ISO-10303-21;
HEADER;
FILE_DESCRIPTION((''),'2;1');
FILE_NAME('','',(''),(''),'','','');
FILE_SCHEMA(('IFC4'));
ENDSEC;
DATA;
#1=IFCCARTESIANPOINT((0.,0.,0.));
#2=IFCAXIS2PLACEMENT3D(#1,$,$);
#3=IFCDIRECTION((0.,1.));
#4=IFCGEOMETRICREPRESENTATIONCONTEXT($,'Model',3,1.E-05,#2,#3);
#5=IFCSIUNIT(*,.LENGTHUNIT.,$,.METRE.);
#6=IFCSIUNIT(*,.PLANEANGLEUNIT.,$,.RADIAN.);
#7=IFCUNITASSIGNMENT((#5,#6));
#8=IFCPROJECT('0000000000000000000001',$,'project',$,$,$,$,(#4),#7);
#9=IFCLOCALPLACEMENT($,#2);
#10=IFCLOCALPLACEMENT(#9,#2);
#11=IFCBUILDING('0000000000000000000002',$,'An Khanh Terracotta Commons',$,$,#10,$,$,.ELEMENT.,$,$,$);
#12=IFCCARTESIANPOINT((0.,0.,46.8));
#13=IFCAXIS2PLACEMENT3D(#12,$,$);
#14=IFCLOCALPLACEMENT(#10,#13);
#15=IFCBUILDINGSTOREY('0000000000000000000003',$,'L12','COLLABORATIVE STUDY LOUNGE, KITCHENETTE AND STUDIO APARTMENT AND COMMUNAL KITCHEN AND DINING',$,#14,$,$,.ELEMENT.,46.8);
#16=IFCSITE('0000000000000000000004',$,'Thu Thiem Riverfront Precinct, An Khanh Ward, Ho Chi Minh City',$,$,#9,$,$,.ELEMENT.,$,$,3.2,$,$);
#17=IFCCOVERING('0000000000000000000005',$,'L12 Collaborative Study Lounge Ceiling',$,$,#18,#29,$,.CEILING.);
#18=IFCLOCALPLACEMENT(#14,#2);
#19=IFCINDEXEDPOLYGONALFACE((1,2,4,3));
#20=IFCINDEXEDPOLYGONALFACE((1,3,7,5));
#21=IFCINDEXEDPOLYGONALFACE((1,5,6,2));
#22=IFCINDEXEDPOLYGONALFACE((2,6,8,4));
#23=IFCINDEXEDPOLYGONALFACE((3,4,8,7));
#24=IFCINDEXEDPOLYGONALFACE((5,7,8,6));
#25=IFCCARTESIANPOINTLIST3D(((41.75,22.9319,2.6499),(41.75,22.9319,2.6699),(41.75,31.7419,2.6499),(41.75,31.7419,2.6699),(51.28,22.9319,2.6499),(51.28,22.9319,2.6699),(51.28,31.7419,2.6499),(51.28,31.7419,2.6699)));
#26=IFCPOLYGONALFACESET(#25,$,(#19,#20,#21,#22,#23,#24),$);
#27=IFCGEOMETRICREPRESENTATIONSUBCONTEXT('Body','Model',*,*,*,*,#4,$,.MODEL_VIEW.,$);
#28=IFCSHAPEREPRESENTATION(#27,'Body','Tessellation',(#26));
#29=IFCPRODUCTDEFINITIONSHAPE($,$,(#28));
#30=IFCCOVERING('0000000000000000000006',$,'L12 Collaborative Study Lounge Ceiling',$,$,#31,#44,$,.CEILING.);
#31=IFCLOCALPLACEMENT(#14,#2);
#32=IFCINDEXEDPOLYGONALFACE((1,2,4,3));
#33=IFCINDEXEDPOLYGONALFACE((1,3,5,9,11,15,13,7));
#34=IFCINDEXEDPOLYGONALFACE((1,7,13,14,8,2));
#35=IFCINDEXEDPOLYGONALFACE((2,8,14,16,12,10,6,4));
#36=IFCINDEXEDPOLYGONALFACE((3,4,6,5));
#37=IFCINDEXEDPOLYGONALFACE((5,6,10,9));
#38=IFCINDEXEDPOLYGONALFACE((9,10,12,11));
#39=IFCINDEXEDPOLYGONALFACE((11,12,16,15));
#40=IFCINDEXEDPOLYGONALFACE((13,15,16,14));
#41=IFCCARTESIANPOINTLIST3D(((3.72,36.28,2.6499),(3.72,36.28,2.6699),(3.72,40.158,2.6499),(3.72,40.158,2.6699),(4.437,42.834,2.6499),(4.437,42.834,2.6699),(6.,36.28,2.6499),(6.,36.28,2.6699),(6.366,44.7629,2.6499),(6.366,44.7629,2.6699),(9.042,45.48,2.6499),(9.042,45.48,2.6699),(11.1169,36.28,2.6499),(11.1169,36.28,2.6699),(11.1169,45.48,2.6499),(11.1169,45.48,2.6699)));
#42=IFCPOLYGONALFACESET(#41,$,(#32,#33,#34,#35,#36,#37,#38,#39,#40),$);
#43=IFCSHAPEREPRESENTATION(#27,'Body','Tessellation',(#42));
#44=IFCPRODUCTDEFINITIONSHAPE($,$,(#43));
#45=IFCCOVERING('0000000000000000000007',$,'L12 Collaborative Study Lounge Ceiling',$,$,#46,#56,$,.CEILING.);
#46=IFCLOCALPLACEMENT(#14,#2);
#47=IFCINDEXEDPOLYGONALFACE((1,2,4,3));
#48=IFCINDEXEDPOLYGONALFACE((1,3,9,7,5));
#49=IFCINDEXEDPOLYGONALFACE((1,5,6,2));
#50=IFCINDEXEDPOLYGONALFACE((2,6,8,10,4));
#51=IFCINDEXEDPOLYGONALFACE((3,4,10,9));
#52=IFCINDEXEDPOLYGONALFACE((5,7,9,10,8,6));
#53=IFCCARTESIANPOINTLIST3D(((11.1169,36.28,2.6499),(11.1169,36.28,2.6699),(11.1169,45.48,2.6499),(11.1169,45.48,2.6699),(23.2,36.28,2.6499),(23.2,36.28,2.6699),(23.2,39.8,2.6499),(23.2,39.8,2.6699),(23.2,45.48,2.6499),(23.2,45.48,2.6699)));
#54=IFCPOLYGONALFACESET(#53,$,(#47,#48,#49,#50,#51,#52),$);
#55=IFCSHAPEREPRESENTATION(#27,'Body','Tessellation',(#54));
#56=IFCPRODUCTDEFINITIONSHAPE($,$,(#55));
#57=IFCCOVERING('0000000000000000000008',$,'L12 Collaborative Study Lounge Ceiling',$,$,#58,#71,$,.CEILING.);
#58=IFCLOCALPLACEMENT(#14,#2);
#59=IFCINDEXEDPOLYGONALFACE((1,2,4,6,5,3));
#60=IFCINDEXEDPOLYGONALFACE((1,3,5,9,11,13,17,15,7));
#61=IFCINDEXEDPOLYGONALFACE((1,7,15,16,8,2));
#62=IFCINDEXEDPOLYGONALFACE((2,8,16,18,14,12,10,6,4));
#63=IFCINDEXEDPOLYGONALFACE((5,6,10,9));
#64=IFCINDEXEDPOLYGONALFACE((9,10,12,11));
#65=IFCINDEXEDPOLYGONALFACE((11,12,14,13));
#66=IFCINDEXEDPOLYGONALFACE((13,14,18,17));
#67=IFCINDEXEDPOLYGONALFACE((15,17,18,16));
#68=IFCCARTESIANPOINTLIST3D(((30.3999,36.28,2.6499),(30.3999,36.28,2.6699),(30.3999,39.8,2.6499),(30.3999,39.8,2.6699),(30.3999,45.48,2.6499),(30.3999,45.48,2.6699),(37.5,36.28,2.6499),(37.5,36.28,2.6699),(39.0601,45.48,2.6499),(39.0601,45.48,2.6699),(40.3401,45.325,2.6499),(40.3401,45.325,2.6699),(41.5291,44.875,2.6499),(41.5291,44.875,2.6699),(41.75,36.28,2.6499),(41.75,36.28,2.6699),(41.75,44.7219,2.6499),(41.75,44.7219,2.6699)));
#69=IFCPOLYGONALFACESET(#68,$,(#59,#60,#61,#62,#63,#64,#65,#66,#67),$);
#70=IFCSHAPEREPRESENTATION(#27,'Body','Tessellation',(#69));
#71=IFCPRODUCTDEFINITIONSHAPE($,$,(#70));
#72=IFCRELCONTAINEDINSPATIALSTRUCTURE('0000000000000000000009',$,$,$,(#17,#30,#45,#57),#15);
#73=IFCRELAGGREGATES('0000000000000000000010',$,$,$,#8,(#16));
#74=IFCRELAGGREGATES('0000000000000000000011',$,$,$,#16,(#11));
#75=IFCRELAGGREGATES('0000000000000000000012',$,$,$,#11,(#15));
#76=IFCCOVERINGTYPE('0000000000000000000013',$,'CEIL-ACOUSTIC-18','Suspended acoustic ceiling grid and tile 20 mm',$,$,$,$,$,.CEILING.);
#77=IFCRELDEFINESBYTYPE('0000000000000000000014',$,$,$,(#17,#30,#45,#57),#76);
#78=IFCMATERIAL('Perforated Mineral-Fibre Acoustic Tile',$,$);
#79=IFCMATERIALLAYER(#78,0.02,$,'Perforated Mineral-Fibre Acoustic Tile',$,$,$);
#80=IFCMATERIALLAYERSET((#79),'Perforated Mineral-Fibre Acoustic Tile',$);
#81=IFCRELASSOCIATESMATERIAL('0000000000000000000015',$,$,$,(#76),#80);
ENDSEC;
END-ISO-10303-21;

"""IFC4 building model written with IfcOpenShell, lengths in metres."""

from ifc_helpers import new_model, si_unit, direction, frame, origin, place, context, subcontext, project, spatial, polyline, outline, extrude, material, layer, layer_set, type_object, element, save


model = new_model("IFC4")

# Units and contexts
model_context = context("Model", 3, precision=1e-05, world=origin(), true_north=direction((0.0, 1.0)))
body_context = subcontext(model_context, "Body", "Model", "MODEL_VIEW")
ifc_project = project(units=[si_unit("LENGTHUNIT", "METRE"), si_unit("PLANEANGLEUNIT", "RADIAN")], contexts=[model_context])

# Site, building, storey
site_placement = place(None, origin())
site = spatial("IfcSite", under=ifc_project, at=site_placement, Name="Thu Thiem Riverfront Precinct, An Khanh Ward, Ho Chi Minh City", CompositionType="ELEMENT", RefElevation=3.2)
building_placement = place(site_placement, origin())
building = spatial("IfcBuilding", under=site, at=building_placement, Name="An Khanh Terracotta Commons", CompositionType="ELEMENT")
storey_placement = place(building_placement, frame((0.0, 0.0, 46.8)))
storey = spatial("IfcBuildingStorey", under=building, at=storey_placement, Name="L12", Description="COLLABORATIVE STUDY LOUNGE, KITCHENETTE AND STUDIO APARTMENT AND COMMUNAL KITCHEN AND DINING", CompositionType="ELEMENT", Elevation=46.8)

# Coverings
ifc_material_1 = material(Name="Perforated Mineral-Fibre Acoustic Tile")
ifc_layer_1 = layer(ifc_material_1, 0.02, Name="Perforated Mineral-Fibre Acoustic Tile")
ifc_layer_set_1 = layer_set([ifc_layer_1], Name="Perforated Mineral-Fibre Acoustic Tile")
covering_type = type_object("IfcCoveringType", Name="CEIL-ACOUSTIC-18", Description="Suspended acoustic ceiling grid and tile 20 mm", PredefinedType="CEILING", material=ifc_layer_set_1)
covering_1_placement = place(storey_placement, frame((0.0, 0.0, 2.6499)))
element("IfcCovering", 1, at=covering_1_placement, inside=storey, type_object=covering_type, Name="L12 Collaborative Study Lounge Ceiling", PredefinedType="CEILING", context=body_context, shape_type="SweptSolid", body=[
    extrude(outline(polyline([(51.28, 22.9319), (41.75, 22.9319), (41.75, 31.7419), (51.28, 31.7419), (51.28, 22.9319)])), origin(), (0.0, 0.0, 1.0), 0.02),
])
covering_2_placement = place(storey_placement, frame((0.0, 0.0, 2.6499)))
element("IfcCovering", 2, at=covering_2_placement, inside=storey, type_object=covering_type, Name="L12 Collaborative Study Lounge Ceiling", PredefinedType="CEILING", context=body_context, shape_type="SweptSolid", body=[
    extrude(outline(polyline([(11.1169, 45.48), (11.1169, 36.28), (6.0, 36.28), (3.72, 36.28), (3.72, 40.158), (4.437, 42.834), (6.366, 44.7629), (9.042, 45.48), (11.1169, 45.48)])), origin(), (0.0, 0.0, 1.0), 0.02),
])
covering_3_placement = place(storey_placement, frame((0.0, 0.0, 2.6499)))
element("IfcCovering", 3, at=covering_3_placement, inside=storey, type_object=covering_type, Name="L12 Collaborative Study Lounge Ceiling", PredefinedType="CEILING", context=body_context, shape_type="SweptSolid", body=[
    extrude(outline(polyline([(23.2, 45.48), (23.2, 39.8), (23.2, 36.28), (11.1169, 36.28), (11.1169, 45.48), (23.2, 45.48)])), origin(), (0.0, 0.0, 1.0), 0.02),
])
covering_4_placement = place(storey_placement, frame((0.0, 0.0, 2.6499)))
element("IfcCovering", 4, at=covering_4_placement, inside=storey, type_object=covering_type, Name="L12 Collaborative Study Lounge Ceiling", PredefinedType="CEILING", context=body_context, shape_type="SweptSolid", body=[
    extrude(outline(polyline([(39.0601, 45.48), (40.3401, 45.325), (41.5291, 44.875), (41.75, 44.7219), (41.75, 36.28), (37.5, 36.28), (30.3999, 36.28), (30.3999, 39.8), (30.3999, 45.48), (39.0601, 45.48)])), origin(), (0.0, 0.0, 1.0), 0.02),
])

save(model, "model.ifc")
